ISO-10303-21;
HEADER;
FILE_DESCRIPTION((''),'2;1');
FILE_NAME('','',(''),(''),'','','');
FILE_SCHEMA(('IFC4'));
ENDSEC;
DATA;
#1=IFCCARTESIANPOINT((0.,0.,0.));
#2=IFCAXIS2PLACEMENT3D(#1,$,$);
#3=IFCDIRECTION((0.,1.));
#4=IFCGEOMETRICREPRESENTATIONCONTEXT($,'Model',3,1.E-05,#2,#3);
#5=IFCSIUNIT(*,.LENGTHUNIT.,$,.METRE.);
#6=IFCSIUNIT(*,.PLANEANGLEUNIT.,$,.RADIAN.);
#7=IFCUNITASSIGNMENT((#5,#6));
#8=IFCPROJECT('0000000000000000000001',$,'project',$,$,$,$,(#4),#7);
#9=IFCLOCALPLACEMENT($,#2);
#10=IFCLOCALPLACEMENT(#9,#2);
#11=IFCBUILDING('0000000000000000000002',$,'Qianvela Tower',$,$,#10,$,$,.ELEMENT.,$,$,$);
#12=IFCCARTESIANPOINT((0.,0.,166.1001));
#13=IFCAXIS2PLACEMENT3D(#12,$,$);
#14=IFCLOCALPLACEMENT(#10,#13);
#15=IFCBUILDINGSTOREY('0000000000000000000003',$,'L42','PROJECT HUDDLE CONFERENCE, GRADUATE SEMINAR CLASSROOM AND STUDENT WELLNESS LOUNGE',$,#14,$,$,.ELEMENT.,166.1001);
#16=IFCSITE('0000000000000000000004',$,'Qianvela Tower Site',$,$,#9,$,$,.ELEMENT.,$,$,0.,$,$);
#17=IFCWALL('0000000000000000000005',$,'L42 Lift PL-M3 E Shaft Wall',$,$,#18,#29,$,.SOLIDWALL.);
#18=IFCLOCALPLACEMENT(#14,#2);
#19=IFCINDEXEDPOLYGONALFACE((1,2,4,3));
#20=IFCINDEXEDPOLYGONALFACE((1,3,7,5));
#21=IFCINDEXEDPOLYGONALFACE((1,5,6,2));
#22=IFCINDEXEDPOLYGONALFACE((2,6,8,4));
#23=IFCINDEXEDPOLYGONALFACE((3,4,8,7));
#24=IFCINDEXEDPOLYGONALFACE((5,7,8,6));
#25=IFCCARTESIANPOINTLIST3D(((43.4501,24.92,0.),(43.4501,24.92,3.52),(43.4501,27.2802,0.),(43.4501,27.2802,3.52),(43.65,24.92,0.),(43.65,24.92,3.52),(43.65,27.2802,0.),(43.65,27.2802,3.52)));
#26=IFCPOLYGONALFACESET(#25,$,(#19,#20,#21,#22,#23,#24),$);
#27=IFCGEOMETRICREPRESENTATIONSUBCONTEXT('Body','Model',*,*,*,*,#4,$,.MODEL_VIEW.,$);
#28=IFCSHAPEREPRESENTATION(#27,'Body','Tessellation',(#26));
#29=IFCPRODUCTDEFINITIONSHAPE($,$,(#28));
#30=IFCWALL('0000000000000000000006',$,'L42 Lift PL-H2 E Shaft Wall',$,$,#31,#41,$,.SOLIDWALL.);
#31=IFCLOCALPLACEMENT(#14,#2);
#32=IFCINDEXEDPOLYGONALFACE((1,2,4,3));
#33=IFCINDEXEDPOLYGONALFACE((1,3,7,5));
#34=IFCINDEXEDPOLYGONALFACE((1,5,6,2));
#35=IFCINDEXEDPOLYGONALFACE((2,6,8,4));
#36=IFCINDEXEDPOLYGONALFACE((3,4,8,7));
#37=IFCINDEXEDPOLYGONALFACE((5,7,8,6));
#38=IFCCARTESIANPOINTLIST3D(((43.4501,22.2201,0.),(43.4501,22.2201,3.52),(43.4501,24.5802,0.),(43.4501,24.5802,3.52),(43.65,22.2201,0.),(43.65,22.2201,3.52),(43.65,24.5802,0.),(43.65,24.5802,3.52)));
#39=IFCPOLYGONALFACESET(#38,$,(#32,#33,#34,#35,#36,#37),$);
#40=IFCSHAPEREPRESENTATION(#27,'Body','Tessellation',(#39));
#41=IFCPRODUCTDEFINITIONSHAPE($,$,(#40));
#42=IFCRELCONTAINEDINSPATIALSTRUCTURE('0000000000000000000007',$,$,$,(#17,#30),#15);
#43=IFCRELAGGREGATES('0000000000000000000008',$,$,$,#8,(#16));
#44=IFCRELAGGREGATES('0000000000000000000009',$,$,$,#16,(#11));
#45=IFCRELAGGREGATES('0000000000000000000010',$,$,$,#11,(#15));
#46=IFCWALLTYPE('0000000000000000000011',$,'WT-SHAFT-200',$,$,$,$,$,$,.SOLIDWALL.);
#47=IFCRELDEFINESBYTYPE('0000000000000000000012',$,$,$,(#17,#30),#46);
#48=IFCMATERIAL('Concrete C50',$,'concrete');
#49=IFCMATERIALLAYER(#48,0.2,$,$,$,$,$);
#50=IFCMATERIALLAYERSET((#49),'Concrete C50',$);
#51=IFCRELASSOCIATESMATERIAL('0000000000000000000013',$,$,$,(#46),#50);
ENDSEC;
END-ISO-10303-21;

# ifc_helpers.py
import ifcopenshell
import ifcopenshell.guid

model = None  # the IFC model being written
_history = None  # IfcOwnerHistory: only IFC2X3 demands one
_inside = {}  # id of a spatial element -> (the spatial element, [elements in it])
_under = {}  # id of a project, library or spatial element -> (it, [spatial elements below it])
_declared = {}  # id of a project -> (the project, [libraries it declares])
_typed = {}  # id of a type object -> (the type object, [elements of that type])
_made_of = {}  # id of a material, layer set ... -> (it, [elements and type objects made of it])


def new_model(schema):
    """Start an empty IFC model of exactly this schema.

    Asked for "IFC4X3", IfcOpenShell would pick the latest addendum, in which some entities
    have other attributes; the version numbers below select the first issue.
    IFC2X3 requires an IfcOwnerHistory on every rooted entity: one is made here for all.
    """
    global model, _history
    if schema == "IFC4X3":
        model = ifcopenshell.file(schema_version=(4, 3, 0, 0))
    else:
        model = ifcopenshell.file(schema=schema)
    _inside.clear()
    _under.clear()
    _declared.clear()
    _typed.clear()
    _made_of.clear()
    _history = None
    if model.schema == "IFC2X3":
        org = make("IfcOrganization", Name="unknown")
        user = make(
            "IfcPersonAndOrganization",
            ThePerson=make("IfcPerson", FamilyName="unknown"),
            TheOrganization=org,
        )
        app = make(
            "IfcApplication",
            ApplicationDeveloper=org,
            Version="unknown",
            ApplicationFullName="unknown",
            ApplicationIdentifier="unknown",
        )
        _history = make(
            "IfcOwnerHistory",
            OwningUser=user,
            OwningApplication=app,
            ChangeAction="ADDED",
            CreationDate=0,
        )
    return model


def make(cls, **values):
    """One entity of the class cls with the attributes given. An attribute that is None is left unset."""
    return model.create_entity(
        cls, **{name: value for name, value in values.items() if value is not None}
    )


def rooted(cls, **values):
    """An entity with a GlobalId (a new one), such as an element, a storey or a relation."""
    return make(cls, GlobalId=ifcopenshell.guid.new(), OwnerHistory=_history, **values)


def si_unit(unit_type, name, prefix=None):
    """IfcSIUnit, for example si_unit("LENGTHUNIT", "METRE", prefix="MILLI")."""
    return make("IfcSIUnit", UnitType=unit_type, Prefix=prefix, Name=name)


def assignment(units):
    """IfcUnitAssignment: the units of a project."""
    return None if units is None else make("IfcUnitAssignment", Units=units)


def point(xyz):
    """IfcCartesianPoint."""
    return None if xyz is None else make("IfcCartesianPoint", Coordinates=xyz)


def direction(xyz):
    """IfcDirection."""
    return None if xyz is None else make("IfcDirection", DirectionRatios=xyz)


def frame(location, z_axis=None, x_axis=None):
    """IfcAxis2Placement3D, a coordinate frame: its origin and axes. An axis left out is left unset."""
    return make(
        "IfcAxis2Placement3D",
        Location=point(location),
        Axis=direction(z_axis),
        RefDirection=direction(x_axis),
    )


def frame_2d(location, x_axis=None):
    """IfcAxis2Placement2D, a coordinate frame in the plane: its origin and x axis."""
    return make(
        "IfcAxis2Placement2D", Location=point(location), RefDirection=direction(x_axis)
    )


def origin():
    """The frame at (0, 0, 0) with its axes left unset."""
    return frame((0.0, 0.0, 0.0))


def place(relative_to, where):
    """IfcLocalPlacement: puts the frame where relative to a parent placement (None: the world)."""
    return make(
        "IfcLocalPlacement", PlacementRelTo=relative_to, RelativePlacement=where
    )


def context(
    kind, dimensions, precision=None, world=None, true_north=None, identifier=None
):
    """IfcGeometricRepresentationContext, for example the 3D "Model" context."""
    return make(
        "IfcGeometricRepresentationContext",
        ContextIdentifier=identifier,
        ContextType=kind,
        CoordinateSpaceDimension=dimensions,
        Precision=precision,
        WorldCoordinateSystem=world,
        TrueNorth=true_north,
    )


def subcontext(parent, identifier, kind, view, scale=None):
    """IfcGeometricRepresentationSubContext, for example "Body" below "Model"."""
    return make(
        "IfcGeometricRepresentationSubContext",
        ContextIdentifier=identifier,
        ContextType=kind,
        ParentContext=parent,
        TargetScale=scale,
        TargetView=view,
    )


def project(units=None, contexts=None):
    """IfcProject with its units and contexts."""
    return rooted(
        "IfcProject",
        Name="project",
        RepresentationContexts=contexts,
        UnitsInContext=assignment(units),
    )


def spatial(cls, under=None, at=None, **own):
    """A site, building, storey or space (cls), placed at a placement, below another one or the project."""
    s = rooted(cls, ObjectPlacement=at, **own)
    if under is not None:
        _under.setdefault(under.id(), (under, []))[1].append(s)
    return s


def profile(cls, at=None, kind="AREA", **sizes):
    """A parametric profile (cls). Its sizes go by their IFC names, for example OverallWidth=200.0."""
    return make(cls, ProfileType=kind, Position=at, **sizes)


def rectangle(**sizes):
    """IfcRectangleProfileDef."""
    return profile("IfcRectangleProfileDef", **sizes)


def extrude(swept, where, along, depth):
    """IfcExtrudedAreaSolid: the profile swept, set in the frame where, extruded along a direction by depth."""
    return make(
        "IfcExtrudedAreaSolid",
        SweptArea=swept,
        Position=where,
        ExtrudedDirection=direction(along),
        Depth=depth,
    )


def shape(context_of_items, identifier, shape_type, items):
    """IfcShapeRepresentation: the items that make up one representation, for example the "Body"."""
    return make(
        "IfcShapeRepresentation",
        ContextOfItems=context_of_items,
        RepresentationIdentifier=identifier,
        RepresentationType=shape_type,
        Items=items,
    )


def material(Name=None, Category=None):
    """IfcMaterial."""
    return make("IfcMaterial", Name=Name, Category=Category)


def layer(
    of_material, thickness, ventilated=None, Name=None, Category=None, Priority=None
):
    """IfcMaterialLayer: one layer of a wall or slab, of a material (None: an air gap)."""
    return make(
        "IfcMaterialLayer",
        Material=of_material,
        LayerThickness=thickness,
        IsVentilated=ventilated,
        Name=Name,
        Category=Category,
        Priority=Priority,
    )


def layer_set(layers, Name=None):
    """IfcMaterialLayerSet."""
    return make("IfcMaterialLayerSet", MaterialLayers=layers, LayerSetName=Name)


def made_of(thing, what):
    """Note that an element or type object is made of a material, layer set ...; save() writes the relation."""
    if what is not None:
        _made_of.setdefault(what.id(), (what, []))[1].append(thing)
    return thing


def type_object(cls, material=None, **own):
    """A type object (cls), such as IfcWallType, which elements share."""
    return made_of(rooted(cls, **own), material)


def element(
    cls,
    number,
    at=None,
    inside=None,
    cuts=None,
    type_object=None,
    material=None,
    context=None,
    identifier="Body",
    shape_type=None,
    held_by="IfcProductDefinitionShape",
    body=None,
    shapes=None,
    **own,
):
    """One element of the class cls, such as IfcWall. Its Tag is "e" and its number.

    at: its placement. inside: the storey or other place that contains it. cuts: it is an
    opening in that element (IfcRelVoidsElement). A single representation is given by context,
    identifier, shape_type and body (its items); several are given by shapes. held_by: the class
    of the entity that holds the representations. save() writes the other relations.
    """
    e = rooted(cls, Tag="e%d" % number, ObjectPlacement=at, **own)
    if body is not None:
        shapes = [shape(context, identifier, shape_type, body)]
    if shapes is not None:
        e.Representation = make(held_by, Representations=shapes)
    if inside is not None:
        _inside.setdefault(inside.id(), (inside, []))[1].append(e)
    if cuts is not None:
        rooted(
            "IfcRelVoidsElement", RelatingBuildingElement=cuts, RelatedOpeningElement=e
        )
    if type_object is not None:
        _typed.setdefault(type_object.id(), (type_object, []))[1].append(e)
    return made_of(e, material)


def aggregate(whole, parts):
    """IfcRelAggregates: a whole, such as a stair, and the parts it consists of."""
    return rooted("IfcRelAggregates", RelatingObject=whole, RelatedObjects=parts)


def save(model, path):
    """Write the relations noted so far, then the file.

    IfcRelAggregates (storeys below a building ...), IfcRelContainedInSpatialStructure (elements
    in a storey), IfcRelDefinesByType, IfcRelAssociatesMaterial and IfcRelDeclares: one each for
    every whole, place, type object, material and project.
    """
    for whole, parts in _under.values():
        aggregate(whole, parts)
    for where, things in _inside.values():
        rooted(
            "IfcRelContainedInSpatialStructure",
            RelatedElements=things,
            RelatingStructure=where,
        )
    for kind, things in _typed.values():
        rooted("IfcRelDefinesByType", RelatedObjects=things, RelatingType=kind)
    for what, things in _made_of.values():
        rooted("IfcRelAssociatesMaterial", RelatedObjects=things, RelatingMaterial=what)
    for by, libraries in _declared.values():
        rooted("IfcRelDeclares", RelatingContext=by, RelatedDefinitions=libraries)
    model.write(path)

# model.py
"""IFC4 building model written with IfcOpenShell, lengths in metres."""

from ifc_helpers import new_model, si_unit, direction, frame, frame_2d, origin, place, context, subcontext, project, spatial, rectangle, extrude, material, layer, layer_set, type_object, element, save


model = new_model("IFC4")

# Units and contexts
model_context = context("Model", 3, precision=1e-05, world=origin(), true_north=direction((0.0, 1.0)))
body_context = subcontext(model_context, "Body", "Model", "MODEL_VIEW")
ifc_project = project(units=[si_unit("LENGTHUNIT", "METRE"), si_unit("PLANEANGLEUNIT", "RADIAN")], contexts=[model_context])

# Site, building, storey
site_placement = place(None, origin())
site = spatial("IfcSite", under=ifc_project, at=site_placement, Name="Qianvela Tower Site", CompositionType="ELEMENT", RefElevation=0.0)
building_placement = place(site_placement, origin())
building = spatial("IfcBuilding", under=site, at=building_placement, Name="Qianvela Tower", CompositionType="ELEMENT")
storey_placement = place(building_placement, frame((0.0, 0.0, 166.1001)))
storey = spatial("IfcBuildingStorey", under=building, at=storey_placement, Name="L42", Description="PROJECT HUDDLE CONFERENCE, GRADUATE SEMINAR CLASSROOM AND STUDENT WELLNESS LOUNGE", CompositionType="ELEMENT", Elevation=166.1001)

# Walls
ifc_material_1 = material(Name="Concrete C50", Category="concrete")
ifc_layer_1 = layer(ifc_material_1, 0.2)
ifc_layer_set_1 = layer_set([ifc_layer_1], Name="Concrete C50")
wall_type_1 = type_object("IfcWallType", Name="WT-SHAFT-200", PredefinedType="SOLIDWALL", material=ifc_layer_set_1)
for number, where, z_axis, x_axis, name in (
    (1, (43.55, 24.9199, 0.0), (0.0, 0.0, 1.0), (0.0, 1.0, 0.0), "L42 Lift PL-M3 E Shaft Wall"),
    (2, (43.55, 22.22, 0.0), (0.0, 0.0, 1.0), (0.0, 1.0, 0.0), "L42 Lift PL-H2 E Shaft Wall"),
):
    element("IfcWall", number, at=place(storey_placement, frame(where, z_axis=z_axis, x_axis=x_axis)), inside=storey, type_object=wall_type_1, Name=name, PredefinedType="SOLIDWALL", context=body_context, shape_type="SweptSolid", body=[
        extrude(rectangle(XDim=2.3601, YDim=0.2, at=frame_2d((1.1802, 0.0))), origin(), (0.0, 0.0, 1.0), 3.52),
    ])

save(model, "model.ifc")
